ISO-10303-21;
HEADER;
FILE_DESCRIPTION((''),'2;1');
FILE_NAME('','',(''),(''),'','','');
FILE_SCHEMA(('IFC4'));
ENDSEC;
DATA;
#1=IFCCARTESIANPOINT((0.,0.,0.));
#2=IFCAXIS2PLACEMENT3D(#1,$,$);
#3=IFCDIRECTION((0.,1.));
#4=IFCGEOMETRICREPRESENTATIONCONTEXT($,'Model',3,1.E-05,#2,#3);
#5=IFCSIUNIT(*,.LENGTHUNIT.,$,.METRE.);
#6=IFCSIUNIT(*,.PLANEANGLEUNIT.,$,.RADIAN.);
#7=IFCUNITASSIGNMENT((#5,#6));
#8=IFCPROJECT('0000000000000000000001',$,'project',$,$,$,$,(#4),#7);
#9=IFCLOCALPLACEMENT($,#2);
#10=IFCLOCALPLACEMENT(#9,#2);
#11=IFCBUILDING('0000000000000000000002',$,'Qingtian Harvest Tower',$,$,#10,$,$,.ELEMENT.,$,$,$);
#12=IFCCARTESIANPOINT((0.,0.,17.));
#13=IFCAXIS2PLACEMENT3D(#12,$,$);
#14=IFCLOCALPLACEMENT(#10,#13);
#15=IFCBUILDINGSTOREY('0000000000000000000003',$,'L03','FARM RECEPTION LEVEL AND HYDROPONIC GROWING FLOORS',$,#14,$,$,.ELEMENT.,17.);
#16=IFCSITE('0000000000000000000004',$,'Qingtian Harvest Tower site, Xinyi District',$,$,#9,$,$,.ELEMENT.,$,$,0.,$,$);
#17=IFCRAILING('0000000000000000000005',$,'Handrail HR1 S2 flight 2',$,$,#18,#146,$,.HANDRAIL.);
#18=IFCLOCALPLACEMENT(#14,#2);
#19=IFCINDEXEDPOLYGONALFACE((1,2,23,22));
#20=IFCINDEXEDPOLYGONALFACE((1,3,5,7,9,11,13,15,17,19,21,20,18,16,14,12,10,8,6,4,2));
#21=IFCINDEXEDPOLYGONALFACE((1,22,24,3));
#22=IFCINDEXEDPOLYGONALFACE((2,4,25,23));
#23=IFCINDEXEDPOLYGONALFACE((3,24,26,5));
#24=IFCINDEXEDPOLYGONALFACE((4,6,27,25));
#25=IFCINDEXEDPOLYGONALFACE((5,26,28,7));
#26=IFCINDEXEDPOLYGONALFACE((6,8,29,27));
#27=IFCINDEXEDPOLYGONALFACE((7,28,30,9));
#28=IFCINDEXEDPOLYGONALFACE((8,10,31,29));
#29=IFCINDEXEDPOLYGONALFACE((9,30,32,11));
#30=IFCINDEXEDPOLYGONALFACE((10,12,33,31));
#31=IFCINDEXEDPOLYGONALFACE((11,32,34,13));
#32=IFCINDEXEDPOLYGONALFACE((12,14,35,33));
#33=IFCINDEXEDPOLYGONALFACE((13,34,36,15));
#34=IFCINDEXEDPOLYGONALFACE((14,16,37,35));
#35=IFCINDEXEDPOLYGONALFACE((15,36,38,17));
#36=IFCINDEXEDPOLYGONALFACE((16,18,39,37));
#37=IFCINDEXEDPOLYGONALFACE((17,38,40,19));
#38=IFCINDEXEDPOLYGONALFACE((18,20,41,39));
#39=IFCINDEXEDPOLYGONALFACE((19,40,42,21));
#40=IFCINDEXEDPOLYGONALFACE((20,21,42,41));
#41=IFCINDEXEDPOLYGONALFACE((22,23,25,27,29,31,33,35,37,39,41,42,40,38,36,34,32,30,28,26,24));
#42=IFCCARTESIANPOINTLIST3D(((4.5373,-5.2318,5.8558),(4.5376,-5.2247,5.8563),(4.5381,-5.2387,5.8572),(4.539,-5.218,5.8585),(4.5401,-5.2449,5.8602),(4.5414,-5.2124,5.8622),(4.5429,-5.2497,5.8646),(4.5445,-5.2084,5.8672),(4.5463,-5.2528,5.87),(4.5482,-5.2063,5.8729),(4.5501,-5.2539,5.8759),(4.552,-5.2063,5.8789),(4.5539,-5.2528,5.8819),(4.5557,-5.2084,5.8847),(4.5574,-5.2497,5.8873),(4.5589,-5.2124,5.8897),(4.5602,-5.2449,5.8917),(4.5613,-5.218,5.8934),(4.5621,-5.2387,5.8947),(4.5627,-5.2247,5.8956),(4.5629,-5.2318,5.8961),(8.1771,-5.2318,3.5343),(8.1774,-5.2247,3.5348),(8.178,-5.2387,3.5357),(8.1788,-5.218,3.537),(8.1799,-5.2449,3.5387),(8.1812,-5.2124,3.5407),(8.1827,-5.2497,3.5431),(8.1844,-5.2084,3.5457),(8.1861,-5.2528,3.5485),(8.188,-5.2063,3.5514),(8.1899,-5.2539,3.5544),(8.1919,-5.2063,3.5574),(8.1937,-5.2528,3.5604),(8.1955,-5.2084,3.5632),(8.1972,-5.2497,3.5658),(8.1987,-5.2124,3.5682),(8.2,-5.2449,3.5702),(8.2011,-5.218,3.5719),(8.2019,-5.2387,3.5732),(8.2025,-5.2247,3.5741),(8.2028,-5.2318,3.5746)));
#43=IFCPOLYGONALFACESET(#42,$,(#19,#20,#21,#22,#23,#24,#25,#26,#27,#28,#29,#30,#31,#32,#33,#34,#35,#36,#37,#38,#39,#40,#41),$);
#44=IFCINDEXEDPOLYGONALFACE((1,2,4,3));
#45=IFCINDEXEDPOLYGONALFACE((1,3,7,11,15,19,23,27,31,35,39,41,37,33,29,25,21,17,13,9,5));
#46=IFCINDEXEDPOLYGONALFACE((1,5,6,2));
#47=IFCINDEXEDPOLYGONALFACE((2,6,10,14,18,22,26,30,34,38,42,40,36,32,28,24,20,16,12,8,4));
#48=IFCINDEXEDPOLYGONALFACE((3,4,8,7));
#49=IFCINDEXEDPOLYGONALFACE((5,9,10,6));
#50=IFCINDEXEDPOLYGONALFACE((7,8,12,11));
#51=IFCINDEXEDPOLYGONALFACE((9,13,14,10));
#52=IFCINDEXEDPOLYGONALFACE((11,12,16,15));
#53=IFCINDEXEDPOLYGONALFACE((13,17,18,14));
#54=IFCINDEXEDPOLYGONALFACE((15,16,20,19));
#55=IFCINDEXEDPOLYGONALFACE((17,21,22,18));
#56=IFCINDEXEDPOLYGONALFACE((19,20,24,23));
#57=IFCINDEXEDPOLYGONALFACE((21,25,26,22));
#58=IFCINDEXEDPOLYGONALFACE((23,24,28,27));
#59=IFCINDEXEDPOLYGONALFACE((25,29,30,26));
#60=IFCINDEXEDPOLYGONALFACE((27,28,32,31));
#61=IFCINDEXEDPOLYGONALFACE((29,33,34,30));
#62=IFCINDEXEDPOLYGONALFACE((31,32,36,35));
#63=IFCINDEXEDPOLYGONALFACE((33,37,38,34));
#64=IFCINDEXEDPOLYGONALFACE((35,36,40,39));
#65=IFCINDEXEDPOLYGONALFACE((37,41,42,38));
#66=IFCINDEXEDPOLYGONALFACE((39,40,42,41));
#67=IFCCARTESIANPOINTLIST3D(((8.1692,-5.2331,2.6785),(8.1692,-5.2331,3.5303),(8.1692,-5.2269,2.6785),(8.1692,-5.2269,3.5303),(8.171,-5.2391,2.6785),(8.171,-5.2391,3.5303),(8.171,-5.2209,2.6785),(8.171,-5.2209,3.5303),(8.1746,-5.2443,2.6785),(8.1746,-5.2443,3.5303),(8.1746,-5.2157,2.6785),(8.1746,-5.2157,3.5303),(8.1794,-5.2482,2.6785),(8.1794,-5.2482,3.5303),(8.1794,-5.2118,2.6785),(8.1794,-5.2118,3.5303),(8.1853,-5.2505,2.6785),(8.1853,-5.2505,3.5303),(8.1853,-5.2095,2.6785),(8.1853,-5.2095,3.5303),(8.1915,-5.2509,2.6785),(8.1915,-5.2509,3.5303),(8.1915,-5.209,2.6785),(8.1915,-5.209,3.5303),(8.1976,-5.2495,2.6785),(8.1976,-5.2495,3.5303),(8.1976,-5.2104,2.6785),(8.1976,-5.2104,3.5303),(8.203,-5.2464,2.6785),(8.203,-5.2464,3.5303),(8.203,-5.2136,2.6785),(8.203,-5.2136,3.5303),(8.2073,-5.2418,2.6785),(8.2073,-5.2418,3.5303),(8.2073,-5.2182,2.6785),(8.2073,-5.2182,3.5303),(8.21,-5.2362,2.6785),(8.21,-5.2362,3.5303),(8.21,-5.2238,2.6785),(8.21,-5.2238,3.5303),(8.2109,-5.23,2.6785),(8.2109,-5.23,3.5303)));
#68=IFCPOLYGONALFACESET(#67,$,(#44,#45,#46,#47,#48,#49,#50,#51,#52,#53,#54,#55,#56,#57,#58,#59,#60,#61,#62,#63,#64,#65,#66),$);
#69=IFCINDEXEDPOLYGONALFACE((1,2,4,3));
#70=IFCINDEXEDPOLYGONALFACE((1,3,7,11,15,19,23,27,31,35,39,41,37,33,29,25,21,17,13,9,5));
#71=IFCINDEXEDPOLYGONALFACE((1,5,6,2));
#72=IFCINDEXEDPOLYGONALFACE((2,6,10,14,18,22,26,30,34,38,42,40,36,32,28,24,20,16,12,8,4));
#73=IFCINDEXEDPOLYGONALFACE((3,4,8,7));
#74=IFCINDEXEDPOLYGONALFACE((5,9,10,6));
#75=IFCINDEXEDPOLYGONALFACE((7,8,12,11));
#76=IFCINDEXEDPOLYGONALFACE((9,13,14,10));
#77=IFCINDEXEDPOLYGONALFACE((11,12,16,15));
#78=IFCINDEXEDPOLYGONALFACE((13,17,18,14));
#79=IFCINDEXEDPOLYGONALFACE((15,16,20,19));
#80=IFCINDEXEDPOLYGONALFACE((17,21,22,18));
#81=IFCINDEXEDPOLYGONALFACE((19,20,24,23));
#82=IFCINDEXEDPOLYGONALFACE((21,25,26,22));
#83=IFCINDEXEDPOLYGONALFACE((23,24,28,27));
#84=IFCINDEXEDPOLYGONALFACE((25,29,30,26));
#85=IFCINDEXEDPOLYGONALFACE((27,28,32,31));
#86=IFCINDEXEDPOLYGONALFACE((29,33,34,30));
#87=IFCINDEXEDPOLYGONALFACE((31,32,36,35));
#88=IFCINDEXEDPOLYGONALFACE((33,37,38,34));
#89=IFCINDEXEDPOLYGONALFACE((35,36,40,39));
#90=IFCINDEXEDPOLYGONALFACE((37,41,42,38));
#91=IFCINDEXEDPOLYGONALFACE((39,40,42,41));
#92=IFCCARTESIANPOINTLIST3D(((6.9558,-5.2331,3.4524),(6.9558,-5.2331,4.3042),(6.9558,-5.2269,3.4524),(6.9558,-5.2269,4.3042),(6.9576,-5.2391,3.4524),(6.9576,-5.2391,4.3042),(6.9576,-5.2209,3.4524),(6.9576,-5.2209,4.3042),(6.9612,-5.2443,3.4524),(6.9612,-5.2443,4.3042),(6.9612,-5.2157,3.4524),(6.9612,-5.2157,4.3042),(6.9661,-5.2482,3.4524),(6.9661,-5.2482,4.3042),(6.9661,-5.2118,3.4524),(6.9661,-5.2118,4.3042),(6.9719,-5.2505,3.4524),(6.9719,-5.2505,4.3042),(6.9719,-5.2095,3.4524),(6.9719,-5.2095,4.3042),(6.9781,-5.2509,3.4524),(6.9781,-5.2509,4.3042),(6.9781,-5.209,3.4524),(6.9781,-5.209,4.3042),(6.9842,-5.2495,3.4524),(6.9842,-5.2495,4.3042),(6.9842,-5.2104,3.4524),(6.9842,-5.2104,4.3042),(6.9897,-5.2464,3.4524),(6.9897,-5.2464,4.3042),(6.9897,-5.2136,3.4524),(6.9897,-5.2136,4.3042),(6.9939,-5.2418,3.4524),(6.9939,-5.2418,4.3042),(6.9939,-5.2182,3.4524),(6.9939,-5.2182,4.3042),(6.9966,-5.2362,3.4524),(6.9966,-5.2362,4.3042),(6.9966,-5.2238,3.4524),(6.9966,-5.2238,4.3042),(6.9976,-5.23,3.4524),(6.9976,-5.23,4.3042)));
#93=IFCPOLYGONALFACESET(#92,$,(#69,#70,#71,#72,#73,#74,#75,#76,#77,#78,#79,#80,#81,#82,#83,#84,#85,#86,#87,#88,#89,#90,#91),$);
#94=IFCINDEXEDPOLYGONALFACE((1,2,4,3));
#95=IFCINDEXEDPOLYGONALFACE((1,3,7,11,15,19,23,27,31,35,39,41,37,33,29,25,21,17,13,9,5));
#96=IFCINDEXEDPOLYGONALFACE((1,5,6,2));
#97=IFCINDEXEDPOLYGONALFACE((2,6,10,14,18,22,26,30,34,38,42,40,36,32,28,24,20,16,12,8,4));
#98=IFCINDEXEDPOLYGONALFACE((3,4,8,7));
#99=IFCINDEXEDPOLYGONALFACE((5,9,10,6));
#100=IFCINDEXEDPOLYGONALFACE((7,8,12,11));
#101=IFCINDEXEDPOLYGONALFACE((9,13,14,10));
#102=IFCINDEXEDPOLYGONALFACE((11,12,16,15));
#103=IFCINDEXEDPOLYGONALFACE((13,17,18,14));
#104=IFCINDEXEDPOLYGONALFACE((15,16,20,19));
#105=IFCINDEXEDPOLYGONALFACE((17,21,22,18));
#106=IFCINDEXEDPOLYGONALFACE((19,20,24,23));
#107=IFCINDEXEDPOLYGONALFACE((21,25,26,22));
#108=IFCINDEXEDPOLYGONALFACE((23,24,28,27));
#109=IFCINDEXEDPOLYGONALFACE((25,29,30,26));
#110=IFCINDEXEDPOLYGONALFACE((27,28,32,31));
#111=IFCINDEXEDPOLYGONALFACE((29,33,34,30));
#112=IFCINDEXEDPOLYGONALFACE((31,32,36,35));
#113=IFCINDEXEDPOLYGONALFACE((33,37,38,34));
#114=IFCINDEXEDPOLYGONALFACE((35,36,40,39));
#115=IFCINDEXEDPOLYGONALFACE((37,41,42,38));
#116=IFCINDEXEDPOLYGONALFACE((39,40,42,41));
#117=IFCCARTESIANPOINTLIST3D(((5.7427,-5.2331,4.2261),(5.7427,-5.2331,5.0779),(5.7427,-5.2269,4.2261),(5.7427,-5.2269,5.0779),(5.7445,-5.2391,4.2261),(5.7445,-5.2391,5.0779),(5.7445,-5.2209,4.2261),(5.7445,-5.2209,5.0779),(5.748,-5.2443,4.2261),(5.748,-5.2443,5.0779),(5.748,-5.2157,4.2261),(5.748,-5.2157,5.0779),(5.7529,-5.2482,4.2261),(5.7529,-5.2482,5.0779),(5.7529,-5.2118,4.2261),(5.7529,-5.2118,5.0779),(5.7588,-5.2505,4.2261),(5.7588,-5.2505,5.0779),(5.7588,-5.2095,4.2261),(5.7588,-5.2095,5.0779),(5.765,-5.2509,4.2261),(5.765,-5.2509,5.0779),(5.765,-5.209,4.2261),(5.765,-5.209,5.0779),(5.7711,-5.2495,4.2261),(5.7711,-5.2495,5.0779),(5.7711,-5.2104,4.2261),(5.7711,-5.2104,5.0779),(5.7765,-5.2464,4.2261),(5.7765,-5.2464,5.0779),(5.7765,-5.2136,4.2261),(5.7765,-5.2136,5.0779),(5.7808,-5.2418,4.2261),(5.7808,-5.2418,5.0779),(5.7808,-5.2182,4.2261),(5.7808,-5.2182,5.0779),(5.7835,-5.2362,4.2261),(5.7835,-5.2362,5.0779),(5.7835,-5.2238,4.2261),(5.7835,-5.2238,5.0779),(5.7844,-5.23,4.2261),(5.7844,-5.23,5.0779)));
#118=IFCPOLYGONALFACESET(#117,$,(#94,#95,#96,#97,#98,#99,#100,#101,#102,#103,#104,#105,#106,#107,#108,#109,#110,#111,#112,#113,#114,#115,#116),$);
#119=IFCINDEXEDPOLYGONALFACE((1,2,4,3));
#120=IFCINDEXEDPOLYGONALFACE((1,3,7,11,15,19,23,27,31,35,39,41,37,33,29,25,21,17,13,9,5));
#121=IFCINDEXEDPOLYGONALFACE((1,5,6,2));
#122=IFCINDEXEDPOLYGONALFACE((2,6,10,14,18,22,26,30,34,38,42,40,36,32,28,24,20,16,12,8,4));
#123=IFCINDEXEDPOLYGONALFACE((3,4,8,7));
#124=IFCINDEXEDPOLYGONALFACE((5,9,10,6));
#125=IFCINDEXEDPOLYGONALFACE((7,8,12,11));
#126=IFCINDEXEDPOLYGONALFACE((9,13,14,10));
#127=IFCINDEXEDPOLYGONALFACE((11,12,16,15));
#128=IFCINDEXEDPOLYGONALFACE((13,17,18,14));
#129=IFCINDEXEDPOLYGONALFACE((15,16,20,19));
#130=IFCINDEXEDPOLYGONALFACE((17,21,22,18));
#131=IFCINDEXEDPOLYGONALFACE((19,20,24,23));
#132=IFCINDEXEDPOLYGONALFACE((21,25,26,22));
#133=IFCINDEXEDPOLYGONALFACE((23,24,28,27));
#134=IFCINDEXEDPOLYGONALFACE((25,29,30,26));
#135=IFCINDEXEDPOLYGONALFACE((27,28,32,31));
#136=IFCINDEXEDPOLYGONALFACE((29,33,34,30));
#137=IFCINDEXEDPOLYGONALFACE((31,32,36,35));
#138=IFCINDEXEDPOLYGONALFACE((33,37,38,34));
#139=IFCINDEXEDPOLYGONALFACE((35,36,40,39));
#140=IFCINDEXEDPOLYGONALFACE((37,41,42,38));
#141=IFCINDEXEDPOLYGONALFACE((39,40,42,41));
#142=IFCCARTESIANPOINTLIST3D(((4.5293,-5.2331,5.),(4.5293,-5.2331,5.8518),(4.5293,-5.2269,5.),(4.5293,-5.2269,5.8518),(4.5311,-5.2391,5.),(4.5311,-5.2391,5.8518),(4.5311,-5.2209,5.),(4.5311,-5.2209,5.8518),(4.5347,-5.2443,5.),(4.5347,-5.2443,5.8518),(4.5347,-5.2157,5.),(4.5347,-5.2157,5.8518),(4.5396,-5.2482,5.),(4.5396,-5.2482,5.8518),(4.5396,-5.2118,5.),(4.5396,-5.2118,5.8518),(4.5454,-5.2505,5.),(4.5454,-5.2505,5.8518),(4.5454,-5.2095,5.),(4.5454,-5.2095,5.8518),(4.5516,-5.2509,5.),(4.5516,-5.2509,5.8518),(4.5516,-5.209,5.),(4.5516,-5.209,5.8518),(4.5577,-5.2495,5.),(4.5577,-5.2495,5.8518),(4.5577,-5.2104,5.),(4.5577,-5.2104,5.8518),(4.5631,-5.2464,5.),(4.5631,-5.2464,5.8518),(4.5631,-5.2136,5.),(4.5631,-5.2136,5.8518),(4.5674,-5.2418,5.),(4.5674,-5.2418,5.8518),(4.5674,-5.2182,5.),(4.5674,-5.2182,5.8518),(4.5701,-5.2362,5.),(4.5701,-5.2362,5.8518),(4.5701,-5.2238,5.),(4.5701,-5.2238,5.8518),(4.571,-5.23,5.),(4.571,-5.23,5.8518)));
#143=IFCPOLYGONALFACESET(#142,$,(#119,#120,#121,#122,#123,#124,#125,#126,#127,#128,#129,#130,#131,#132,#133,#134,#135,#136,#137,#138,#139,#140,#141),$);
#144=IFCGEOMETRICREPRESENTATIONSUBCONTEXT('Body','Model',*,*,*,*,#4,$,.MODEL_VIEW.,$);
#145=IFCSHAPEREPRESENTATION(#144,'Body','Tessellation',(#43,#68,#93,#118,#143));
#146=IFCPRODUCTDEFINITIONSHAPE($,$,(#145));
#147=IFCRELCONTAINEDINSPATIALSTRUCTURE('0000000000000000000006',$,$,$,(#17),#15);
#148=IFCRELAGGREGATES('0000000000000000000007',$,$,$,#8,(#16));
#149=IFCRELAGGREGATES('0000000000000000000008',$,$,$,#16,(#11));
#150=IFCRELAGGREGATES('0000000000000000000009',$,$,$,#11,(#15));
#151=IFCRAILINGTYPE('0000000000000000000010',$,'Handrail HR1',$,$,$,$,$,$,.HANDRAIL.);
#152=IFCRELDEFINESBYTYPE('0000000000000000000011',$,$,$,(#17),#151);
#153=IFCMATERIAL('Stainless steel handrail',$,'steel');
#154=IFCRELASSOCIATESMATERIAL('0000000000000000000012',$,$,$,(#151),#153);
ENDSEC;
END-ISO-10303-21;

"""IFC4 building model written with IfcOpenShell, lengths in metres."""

from ifc_helpers import new_model, si_unit, direction, frame, origin, origin_2d, place, context, subcontext, project, spatial, circle, extrude, material, type_object, element, save


model = new_model("IFC4")

# Units and contexts
model_context = context("Model", 3, precision=1e-05, world=origin(), true_north=direction((0.0, 1.0)))
body_context = subcontext(model_context, "Body", "Model", "MODEL_VIEW")
ifc_project = project(units=[si_unit("LENGTHUNIT", "METRE"), si_unit("PLANEANGLEUNIT", "RADIAN")], contexts=[model_context])

# Site, building, storey
site_placement = place(None, origin())
site = spatial("IfcSite", under=ifc_project, at=site_placement, Name="Qingtian Harvest Tower site, Xinyi District", CompositionType="ELEMENT", RefElevation=0.0)
building_placement = place(site_placement, origin())
building = spatial("IfcBuilding", under=site, at=building_placement, Name="Qingtian Harvest Tower", CompositionType="ELEMENT")
storey_placement = place(building_placement, frame((0.0, 0.0, 17.0)))
storey = spatial("IfcBuildingStorey", under=building, at=storey_placement, Name="L03", Description="FARM RECEPTION LEVEL AND HYDROPONIC GROWING FLOORS", CompositionType="ELEMENT", Elevation=17.0)

# Railing
ifc_material_1 = material(Name="Stainless steel handrail", Category="steel")
railing_type = type_object("IfcRailingType", Name="Handrail HR1", PredefinedType="HANDRAIL", material=ifc_material_1)
railing_1_placement = place(storey_placement, frame((8.1899, -5.23, 2.6785)))
element("IfcRailing", 1, at=railing_1_placement, inside=storey, type_object=railing_type, Name="Handrail HR1 S2 flight 2", PredefinedType="HANDRAIL", context=body_context, shape_type="SweptSolid", body=[
    extrude(circle(Radius=0.0239, at=origin_2d()), frame((0.0, 0.0, 0.876), z_axis=(-0.843112, 0.0, 0.537739), x_axis=(0.0, -1.0, 0.0)), (0.0, 0.0, 1.0), 4.3171),
    extrude(circle(Radius=0.021, at=origin_2d()), origin(), (0.0, 0.0, 1.0), 0.8518),
    extrude(circle(Radius=0.021, at=origin_2d()), frame((-1.2134, 0.0, 0.7739)), (0.0, 0.0, 1.0), 0.8518),
    extrude(circle(Radius=0.021, at=origin_2d()), frame((-2.4265, 0.0, 1.5476)), (0.0, 0.0, 1.0), 0.8518),
    extrude(circle(Radius=0.021, at=origin_2d()), frame((-3.6399, 0.0, 2.3215)), (0.0, 0.0, 1.0), 0.8518),
])

save(model, "model.ifc")
